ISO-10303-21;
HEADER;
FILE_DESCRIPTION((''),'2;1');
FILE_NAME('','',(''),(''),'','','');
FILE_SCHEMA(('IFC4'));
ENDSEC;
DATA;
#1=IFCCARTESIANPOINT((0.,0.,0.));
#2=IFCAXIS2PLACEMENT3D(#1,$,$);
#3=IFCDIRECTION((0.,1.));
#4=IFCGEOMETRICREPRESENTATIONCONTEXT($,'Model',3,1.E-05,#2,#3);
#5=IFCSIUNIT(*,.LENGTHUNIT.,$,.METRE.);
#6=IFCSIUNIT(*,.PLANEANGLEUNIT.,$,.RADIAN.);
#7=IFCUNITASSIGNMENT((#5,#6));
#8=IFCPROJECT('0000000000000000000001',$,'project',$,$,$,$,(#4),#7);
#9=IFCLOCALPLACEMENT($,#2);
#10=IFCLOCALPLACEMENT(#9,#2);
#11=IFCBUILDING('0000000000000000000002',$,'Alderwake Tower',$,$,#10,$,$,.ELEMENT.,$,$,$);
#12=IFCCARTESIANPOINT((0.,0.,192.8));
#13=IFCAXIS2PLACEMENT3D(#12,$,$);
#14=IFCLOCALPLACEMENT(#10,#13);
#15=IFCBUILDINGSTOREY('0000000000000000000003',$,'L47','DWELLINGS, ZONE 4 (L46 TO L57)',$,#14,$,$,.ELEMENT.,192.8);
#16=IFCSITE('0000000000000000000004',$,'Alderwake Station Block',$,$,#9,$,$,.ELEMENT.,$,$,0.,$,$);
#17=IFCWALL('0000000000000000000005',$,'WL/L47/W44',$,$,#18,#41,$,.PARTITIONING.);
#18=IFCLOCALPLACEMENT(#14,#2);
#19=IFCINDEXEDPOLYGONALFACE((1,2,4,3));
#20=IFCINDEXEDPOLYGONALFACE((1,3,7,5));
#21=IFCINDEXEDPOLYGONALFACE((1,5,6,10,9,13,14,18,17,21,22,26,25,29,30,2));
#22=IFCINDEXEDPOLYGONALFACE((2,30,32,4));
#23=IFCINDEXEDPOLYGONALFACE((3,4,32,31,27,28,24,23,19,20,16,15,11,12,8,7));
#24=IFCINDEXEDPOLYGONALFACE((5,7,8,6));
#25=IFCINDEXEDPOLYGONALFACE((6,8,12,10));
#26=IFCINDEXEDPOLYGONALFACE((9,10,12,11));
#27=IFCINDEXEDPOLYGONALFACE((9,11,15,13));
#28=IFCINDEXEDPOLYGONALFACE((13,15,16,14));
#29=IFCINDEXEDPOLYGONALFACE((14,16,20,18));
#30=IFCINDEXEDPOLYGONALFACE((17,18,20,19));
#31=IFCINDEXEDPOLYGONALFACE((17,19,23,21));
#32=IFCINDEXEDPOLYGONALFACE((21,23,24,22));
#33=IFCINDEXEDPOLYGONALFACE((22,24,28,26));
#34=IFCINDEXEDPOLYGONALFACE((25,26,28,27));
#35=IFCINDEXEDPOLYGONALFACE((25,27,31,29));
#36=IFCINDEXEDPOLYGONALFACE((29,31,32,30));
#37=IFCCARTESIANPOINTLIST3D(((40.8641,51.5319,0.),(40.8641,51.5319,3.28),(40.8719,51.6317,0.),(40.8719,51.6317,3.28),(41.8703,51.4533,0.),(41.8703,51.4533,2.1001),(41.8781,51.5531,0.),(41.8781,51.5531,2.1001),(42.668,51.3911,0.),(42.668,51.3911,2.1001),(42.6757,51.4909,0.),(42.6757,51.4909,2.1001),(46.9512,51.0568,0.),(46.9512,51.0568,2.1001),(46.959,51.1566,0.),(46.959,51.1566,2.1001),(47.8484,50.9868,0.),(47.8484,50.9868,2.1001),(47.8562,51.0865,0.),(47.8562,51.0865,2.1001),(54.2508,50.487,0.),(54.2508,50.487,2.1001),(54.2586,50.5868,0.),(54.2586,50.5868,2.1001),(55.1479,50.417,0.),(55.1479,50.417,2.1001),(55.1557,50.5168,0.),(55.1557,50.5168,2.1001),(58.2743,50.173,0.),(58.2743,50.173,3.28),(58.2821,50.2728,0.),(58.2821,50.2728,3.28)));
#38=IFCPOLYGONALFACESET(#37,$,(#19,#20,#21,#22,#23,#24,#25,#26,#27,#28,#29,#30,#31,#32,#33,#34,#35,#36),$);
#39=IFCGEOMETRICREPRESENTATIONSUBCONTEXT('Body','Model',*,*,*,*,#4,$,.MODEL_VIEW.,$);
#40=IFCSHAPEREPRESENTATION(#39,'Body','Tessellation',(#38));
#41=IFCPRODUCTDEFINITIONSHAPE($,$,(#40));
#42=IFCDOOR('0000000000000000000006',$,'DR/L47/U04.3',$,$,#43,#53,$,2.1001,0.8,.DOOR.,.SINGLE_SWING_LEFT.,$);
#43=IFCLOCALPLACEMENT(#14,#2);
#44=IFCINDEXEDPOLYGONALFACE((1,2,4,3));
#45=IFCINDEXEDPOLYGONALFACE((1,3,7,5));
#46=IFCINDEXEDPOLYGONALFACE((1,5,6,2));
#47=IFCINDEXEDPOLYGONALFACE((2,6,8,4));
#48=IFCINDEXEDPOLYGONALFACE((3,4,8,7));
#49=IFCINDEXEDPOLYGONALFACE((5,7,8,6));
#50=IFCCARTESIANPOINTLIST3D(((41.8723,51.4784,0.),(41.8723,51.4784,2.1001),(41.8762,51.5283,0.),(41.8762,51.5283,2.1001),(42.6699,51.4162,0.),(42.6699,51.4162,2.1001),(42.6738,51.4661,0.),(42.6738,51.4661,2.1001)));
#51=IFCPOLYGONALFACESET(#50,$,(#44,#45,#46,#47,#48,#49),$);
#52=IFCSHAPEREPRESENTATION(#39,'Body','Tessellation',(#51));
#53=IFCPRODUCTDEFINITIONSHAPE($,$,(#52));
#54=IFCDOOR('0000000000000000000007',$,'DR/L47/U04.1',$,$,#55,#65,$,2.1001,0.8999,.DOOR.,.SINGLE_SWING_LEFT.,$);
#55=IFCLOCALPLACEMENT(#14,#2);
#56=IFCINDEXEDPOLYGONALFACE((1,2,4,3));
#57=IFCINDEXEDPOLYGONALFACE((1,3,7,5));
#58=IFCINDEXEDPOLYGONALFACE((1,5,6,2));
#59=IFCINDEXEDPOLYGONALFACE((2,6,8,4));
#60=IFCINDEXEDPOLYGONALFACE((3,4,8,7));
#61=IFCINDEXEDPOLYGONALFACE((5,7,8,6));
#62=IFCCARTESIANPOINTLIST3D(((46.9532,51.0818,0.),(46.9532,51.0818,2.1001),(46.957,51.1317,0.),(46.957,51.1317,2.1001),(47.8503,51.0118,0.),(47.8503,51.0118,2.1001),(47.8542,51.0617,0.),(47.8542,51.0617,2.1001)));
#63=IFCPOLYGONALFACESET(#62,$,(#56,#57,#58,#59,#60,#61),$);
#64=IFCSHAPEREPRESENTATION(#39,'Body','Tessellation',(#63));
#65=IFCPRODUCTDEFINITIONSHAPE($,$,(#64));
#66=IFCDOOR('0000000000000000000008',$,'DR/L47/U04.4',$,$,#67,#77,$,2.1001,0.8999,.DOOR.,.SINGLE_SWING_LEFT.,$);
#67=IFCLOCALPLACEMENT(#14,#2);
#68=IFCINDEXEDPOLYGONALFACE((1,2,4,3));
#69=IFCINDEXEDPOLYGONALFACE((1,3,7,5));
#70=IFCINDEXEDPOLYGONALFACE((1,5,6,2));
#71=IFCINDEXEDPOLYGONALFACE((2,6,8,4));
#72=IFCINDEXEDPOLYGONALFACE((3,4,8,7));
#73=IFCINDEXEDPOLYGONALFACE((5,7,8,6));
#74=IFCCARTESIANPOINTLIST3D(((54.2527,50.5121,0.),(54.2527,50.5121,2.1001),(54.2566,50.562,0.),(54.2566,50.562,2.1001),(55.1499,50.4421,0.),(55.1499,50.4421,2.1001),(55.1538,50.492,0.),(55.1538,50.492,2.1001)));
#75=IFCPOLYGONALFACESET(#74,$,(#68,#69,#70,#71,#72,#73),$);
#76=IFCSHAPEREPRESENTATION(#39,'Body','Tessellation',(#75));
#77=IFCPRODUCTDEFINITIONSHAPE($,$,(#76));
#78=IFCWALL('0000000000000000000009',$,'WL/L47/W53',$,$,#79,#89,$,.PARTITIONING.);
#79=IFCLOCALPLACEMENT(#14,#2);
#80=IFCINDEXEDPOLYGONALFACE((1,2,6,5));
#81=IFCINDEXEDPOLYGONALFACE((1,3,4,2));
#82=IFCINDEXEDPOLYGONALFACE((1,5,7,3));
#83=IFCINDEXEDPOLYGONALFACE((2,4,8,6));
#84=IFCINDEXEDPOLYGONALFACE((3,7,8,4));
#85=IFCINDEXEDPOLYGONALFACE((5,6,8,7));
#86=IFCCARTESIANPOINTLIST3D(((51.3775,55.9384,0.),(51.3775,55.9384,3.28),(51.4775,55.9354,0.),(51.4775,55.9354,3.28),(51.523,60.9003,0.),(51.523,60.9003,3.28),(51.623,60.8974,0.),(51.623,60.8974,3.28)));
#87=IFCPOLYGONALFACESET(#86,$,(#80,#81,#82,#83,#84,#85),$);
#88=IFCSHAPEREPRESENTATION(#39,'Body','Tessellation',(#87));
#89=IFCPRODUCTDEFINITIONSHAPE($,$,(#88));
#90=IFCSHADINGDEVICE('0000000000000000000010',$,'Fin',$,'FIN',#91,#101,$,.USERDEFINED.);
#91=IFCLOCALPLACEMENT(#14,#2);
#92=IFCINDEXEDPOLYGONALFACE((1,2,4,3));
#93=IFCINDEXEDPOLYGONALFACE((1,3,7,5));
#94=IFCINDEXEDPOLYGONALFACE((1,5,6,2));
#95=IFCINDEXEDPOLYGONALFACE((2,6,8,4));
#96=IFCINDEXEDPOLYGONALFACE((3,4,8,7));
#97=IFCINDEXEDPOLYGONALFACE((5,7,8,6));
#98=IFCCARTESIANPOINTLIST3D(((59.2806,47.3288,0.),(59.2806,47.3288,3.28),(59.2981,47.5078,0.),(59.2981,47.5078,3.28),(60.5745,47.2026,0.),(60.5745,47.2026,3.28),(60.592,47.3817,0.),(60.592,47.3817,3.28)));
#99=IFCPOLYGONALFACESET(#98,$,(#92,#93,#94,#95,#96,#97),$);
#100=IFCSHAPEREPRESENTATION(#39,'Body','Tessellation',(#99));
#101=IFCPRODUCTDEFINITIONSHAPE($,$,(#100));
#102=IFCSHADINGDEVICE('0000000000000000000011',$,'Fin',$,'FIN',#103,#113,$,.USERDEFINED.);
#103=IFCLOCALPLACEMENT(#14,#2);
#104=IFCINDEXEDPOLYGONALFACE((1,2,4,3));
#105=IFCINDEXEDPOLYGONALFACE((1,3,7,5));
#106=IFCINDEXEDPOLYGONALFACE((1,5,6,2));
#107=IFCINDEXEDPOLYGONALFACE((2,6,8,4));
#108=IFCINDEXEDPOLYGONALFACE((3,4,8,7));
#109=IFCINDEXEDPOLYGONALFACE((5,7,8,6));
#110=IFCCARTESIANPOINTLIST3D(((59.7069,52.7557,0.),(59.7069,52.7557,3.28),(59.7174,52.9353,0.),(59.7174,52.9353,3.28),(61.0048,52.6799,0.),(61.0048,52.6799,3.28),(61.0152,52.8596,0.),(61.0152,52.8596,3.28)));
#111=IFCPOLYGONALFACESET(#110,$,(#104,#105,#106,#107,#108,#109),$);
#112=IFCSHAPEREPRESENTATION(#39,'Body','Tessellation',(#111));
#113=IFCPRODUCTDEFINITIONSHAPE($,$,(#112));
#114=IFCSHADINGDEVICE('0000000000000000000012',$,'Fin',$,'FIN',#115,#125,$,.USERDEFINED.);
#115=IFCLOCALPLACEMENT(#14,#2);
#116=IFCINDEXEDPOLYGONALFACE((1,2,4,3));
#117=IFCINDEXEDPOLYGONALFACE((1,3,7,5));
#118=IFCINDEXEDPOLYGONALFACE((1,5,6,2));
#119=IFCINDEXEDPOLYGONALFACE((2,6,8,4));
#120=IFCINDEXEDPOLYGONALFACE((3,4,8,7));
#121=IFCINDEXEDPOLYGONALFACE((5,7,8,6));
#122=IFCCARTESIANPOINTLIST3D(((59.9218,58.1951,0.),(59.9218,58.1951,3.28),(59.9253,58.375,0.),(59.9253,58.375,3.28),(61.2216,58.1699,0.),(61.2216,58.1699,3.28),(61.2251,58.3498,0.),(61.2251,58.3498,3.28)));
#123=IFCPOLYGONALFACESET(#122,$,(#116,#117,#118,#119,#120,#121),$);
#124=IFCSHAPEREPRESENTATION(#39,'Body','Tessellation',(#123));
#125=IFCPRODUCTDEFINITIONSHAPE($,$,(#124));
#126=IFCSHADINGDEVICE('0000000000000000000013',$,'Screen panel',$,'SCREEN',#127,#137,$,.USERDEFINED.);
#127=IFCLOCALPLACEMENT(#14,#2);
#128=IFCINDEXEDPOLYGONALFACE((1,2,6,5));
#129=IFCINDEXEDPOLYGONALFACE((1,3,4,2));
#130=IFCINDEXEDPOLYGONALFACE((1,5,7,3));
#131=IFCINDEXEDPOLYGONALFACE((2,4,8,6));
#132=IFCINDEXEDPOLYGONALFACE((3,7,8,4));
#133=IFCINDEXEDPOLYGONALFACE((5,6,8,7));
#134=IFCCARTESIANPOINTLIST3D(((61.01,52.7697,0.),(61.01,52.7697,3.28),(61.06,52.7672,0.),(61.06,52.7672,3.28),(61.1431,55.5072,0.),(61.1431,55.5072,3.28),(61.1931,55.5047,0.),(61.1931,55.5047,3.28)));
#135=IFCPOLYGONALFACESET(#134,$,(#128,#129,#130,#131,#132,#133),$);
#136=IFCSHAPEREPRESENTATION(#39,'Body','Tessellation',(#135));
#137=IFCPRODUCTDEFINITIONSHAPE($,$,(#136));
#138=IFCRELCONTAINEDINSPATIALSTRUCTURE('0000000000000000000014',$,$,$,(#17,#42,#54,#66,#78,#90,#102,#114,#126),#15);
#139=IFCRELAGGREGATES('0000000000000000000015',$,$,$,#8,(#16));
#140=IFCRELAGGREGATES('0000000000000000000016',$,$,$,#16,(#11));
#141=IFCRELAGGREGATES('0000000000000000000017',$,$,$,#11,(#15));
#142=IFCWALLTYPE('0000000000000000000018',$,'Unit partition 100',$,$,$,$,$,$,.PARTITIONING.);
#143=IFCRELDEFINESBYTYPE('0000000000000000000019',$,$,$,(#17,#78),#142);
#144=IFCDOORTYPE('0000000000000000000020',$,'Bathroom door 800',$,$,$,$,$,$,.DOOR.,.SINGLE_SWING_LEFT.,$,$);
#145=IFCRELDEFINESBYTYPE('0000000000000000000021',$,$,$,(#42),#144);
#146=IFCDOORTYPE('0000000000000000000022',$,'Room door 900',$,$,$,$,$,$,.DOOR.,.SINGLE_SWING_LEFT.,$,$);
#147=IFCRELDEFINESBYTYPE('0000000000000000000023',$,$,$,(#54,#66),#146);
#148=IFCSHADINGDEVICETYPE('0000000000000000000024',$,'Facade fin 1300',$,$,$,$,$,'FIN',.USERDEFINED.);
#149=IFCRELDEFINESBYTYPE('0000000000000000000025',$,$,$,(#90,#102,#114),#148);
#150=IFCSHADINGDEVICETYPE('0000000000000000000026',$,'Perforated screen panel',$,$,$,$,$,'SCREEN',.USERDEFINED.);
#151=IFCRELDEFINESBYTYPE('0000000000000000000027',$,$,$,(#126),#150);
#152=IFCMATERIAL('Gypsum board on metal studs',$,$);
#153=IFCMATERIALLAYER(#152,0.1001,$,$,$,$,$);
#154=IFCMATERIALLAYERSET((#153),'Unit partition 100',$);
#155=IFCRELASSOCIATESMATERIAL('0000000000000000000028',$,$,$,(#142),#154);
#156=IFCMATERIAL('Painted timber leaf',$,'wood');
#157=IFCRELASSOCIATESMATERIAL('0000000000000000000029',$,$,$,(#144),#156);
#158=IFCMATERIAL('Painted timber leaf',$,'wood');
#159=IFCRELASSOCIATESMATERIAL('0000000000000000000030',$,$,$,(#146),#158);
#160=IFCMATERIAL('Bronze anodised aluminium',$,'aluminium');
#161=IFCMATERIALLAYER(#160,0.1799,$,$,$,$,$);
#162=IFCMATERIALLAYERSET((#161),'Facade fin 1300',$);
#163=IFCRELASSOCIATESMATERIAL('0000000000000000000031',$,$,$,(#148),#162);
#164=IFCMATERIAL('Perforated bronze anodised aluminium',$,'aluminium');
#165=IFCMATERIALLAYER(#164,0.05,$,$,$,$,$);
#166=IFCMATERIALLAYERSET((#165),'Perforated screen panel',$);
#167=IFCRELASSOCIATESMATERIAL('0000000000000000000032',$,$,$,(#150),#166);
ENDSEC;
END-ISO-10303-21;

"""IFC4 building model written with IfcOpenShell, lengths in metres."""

from ifc_helpers import new_model, si_unit, direction, frame, frame_2d, origin, origin_2d, place, context, subcontext, project, spatial, rectangle, extrude, material, layer, layer_set, type_object, element, fill, save


model = new_model("IFC4")

# Units and contexts
model_context = context("Model", 3, precision=1e-05, world=origin(), true_north=direction((0.0, 1.0)))
body_context = subcontext(model_context, "Body", "Model", "MODEL_VIEW")
ifc_project = project(units=[si_unit("LENGTHUNIT", "METRE"), si_unit("PLANEANGLEUNIT", "RADIAN")], contexts=[model_context])

# Site, building, storey
site_placement = place(None, origin())
site = spatial("IfcSite", under=ifc_project, at=site_placement, Name="Alderwake Station Block", CompositionType="ELEMENT", RefElevation=0.0)
building_placement = place(site_placement, origin())
building = spatial("IfcBuilding", under=site, at=building_placement, Name="Alderwake Tower", CompositionType="ELEMENT")
storey_placement = place(building_placement, frame((0.0, 0.0, 192.8)))
storey = spatial("IfcBuildingStorey", under=building, at=storey_placement, Name="L47", Description="DWELLINGS, ZONE 4 (L46 TO L57)", CompositionType="ELEMENT", Elevation=192.8)

# Wall, openings, doors
ifc_material_1 = material(Name="Gypsum board on metal studs")
ifc_layer_1 = layer(ifc_material_1, 0.1001)
ifc_layer_set_1 = layer_set([ifc_layer_1], Name="Unit partition 100")
wall_type_1 = type_object("IfcWallType", Name="Unit partition 100", PredefinedType="PARTITIONING", material=ifc_layer_set_1)
wall_1_placement = place(storey_placement, frame((58.2781, 50.2229, 0.0), z_axis=(0.0, 0.0, 1.0), x_axis=(-0.996968, 0.077815, 0.0)))
wall_1 = element("IfcWall", 1, at=wall_1_placement, inside=storey, type_object=wall_type_1, Name="WL/L47/W44", PredefinedType="PARTITIONING", context=body_context, shape_type="SweptSolid", body=[
    extrude(rectangle(XDim=17.4631, YDim=0.1001, at=frame_2d((8.7314, 0.0))), origin(), (0.0, 0.0, 1.0), 3.28),
])
opening_1_placement = place(wall_1_placement, frame((10.4575, 0.0, 0.0)))
opening_1 = element("IfcOpeningElement", 2, at=opening_1_placement, cuts=wall_1, PredefinedType="OPENING", context=body_context, shape_type="SweptSolid", body=[
    extrude(rectangle(XDim=0.8999, YDim=2.1001, at=frame_2d((0.45, 1.05))), frame((0.0, 0.0601, 0.0), z_axis=(0.0, -1.0, 0.0), x_axis=(1.0, 0.0, 0.0)), (0.0, 0.0, 1.0), 0.1201),
])
opening_2_placement = place(wall_1_placement, frame((15.6538, 0.0, 0.0)))
opening_2 = element("IfcOpeningElement", 3, at=opening_2_placement, cuts=wall_1, PredefinedType="OPENING", context=body_context, shape_type="SweptSolid", body=[
    extrude(rectangle(XDim=0.8, YDim=2.1001, at=frame_2d((0.3999, 1.05))), frame((0.0, 0.0601, 0.0), z_axis=(0.0, -1.0, 0.0), x_axis=(1.0, 0.0, 0.0)), (0.0, 0.0, 1.0), 0.1201),
])
opening_3_placement = place(wall_1_placement, frame((3.1357, 0.0, 0.0)))
opening_3 = element("IfcOpeningElement", 4, at=opening_3_placement, cuts=wall_1, PredefinedType="OPENING", context=body_context, shape_type="SweptSolid", body=[
    extrude(rectangle(XDim=0.8999, YDim=2.1001, at=frame_2d((0.45, 1.05))), frame((0.0, 0.0601, 0.0), z_axis=(0.0, -1.0, 0.0), x_axis=(1.0, 0.0, 0.0)), (0.0, 0.0, 1.0), 0.1201),
])
ifc_material_2 = material(Name="Painted timber leaf", Category="wood")
door_type_1 = type_object("IfcDoorType", Name="Bathroom door 800", OperationType="SINGLE_SWING_LEFT", PredefinedType="DOOR", material=ifc_material_2)
door_1_placement = place(opening_2_placement, origin())
door_1 = element("IfcDoor", 5, at=door_1_placement, inside=storey, type_object=door_type_1, Name="DR/L47/U04.3", OperationType="SINGLE_SWING_LEFT", OverallHeight=2.1001, OverallWidth=0.8, PredefinedType="DOOR", context=body_context, shape_type="SweptSolid", body=[
    extrude(rectangle(XDim=0.8, YDim=2.1001, at=frame_2d((0.3999, 1.05))), frame((0.0, 0.0249, 0.0), z_axis=(0.0, -1.0, 0.0), x_axis=(1.0, 0.0, 0.0)), (0.0, 0.0, 1.0), 0.05),
])
fill(opening_2, door_1)
ifc_material_3 = material(Name="Painted timber leaf", Category="wood")
door_type_2 = type_object("IfcDoorType", Name="Room door 900", OperationType="SINGLE_SWING_LEFT", PredefinedType="DOOR", material=ifc_material_3)
door_2_placement = place(opening_1_placement, origin())
door_2 = element("IfcDoor", 6, at=door_2_placement, inside=storey, type_object=door_type_2, Name="DR/L47/U04.1", OperationType="SINGLE_SWING_LEFT", OverallHeight=2.1001, OverallWidth=0.8999, PredefinedType="DOOR", context=body_context, shape_type="SweptSolid", body=[
    extrude(rectangle(XDim=0.8999, YDim=2.1001, at=frame_2d((0.45, 1.05))), frame((0.0, 0.0249, 0.0), z_axis=(0.0, -1.0, 0.0), x_axis=(1.0, 0.0, 0.0)), (0.0, 0.0, 1.0), 0.05),
])
fill(opening_1, door_2)
door_3_placement = place(opening_3_placement, origin())
door_3 = element("IfcDoor", 7, at=door_3_placement, inside=storey, type_object=door_type_2, Name="DR/L47/U04.4", OperationType="SINGLE_SWING_LEFT", OverallHeight=2.1001, OverallWidth=0.8999, PredefinedType="DOOR", context=body_context, shape_type="SweptSolid", body=[
    extrude(rectangle(XDim=0.8999, YDim=2.1001, at=frame_2d((0.45, 1.05))), frame((0.0, 0.0249, 0.0), z_axis=(0.0, -1.0, 0.0), x_axis=(1.0, 0.0, 0.0)), (0.0, 0.0, 1.0), 0.05),
])
fill(opening_3, door_3)

# Wall
wall_2_placement = place(storey_placement, frame((51.4275, 55.937, 0.0), z_axis=(0.0, 0.0, 1.0), x_axis=(0.029312, 0.99957, 0.0)))
element("IfcWall", 8, at=wall_2_placement, inside=storey, type_object=wall_type_1, Name="WL/L47/W53", PredefinedType="PARTITIONING", context=body_context, shape_type="SweptSolid", body=[
    extrude(rectangle(XDim=4.9641, YDim=0.1001, at=frame_2d((2.4819, 0.0))), origin(), (0.0, 0.0, 1.0), 3.28),
])

# Shading devices
ifc_material_4 = material(Name="Bronze anodised aluminium", Category="aluminium")
ifc_layer_2 = layer(ifc_material_4, 0.1799)
ifc_layer_set_2 = layer_set([ifc_layer_2], Name="Facade fin 1300")
shading_device_type_1 = type_object("IfcShadingDeviceType", Name="Facade fin 1300", ElementType="FIN", PredefinedType="USERDEFINED", material=ifc_layer_set_2)
for number, where, z_axis, x_axis, name in (
    (9, (59.9363, 47.3552, 0.0), (0.0, 0.0, 1.0), (0.99528, -0.097046, 0.0), "Fin"),
    (10, (60.3611, 52.8076, 0.0), (0.0, 0.0, 1.0), (0.998301, -0.058266, 0.0), "Fin"),
    (11, (60.5735, 58.2725, 0.0), (0.0, 0.0, 1.0), (0.999812, -0.019398, 0.0), "Fin"),
):
    element("IfcShadingDevice", number, at=place(storey_placement, frame(where, z_axis=z_axis, x_axis=x_axis)), inside=storey, type_object=shading_device_type_1, Name=name, ObjectType="FIN", PredefinedType="USERDEFINED", context=body_context, shape_type="SweptSolid", body=[
        extrude(rectangle(XDim=1.3, YDim=0.1799, at=origin_2d()), origin(), (0.0, 0.0, 1.0), 3.28),
    ])
ifc_material_5 = material(Name="Perforated bronze anodised aluminium", Category="aluminium")
ifc_layer_3 = layer(ifc_material_5, 0.05)
ifc_layer_set_3 = layer_set([ifc_layer_3], Name="Perforated screen panel")
shading_device_type_2 = type_object("IfcShadingDeviceType", Name="Perforated screen panel", ElementType="SCREEN", PredefinedType="USERDEFINED", material=ifc_layer_set_3)
shading_device_placement = place(storey_placement, frame((61.1016, 54.1372, 0.0), z_axis=(0.0, 0.0, 1.0), x_axis=(0.998819, -0.048581, 0.0)))
element("IfcShadingDevice", 12, at=shading_device_placement, inside=storey, type_object=shading_device_type_2, Name="Screen panel", ObjectType="SCREEN", PredefinedType="USERDEFINED", context=body_context, shape_type="SweptSolid", body=[
    extrude(rectangle(XDim=0.05, YDim=2.7407, at=origin_2d()), origin(), (0.0, 0.0, 1.0), 3.28),
])

save(model, "model.ifc")
